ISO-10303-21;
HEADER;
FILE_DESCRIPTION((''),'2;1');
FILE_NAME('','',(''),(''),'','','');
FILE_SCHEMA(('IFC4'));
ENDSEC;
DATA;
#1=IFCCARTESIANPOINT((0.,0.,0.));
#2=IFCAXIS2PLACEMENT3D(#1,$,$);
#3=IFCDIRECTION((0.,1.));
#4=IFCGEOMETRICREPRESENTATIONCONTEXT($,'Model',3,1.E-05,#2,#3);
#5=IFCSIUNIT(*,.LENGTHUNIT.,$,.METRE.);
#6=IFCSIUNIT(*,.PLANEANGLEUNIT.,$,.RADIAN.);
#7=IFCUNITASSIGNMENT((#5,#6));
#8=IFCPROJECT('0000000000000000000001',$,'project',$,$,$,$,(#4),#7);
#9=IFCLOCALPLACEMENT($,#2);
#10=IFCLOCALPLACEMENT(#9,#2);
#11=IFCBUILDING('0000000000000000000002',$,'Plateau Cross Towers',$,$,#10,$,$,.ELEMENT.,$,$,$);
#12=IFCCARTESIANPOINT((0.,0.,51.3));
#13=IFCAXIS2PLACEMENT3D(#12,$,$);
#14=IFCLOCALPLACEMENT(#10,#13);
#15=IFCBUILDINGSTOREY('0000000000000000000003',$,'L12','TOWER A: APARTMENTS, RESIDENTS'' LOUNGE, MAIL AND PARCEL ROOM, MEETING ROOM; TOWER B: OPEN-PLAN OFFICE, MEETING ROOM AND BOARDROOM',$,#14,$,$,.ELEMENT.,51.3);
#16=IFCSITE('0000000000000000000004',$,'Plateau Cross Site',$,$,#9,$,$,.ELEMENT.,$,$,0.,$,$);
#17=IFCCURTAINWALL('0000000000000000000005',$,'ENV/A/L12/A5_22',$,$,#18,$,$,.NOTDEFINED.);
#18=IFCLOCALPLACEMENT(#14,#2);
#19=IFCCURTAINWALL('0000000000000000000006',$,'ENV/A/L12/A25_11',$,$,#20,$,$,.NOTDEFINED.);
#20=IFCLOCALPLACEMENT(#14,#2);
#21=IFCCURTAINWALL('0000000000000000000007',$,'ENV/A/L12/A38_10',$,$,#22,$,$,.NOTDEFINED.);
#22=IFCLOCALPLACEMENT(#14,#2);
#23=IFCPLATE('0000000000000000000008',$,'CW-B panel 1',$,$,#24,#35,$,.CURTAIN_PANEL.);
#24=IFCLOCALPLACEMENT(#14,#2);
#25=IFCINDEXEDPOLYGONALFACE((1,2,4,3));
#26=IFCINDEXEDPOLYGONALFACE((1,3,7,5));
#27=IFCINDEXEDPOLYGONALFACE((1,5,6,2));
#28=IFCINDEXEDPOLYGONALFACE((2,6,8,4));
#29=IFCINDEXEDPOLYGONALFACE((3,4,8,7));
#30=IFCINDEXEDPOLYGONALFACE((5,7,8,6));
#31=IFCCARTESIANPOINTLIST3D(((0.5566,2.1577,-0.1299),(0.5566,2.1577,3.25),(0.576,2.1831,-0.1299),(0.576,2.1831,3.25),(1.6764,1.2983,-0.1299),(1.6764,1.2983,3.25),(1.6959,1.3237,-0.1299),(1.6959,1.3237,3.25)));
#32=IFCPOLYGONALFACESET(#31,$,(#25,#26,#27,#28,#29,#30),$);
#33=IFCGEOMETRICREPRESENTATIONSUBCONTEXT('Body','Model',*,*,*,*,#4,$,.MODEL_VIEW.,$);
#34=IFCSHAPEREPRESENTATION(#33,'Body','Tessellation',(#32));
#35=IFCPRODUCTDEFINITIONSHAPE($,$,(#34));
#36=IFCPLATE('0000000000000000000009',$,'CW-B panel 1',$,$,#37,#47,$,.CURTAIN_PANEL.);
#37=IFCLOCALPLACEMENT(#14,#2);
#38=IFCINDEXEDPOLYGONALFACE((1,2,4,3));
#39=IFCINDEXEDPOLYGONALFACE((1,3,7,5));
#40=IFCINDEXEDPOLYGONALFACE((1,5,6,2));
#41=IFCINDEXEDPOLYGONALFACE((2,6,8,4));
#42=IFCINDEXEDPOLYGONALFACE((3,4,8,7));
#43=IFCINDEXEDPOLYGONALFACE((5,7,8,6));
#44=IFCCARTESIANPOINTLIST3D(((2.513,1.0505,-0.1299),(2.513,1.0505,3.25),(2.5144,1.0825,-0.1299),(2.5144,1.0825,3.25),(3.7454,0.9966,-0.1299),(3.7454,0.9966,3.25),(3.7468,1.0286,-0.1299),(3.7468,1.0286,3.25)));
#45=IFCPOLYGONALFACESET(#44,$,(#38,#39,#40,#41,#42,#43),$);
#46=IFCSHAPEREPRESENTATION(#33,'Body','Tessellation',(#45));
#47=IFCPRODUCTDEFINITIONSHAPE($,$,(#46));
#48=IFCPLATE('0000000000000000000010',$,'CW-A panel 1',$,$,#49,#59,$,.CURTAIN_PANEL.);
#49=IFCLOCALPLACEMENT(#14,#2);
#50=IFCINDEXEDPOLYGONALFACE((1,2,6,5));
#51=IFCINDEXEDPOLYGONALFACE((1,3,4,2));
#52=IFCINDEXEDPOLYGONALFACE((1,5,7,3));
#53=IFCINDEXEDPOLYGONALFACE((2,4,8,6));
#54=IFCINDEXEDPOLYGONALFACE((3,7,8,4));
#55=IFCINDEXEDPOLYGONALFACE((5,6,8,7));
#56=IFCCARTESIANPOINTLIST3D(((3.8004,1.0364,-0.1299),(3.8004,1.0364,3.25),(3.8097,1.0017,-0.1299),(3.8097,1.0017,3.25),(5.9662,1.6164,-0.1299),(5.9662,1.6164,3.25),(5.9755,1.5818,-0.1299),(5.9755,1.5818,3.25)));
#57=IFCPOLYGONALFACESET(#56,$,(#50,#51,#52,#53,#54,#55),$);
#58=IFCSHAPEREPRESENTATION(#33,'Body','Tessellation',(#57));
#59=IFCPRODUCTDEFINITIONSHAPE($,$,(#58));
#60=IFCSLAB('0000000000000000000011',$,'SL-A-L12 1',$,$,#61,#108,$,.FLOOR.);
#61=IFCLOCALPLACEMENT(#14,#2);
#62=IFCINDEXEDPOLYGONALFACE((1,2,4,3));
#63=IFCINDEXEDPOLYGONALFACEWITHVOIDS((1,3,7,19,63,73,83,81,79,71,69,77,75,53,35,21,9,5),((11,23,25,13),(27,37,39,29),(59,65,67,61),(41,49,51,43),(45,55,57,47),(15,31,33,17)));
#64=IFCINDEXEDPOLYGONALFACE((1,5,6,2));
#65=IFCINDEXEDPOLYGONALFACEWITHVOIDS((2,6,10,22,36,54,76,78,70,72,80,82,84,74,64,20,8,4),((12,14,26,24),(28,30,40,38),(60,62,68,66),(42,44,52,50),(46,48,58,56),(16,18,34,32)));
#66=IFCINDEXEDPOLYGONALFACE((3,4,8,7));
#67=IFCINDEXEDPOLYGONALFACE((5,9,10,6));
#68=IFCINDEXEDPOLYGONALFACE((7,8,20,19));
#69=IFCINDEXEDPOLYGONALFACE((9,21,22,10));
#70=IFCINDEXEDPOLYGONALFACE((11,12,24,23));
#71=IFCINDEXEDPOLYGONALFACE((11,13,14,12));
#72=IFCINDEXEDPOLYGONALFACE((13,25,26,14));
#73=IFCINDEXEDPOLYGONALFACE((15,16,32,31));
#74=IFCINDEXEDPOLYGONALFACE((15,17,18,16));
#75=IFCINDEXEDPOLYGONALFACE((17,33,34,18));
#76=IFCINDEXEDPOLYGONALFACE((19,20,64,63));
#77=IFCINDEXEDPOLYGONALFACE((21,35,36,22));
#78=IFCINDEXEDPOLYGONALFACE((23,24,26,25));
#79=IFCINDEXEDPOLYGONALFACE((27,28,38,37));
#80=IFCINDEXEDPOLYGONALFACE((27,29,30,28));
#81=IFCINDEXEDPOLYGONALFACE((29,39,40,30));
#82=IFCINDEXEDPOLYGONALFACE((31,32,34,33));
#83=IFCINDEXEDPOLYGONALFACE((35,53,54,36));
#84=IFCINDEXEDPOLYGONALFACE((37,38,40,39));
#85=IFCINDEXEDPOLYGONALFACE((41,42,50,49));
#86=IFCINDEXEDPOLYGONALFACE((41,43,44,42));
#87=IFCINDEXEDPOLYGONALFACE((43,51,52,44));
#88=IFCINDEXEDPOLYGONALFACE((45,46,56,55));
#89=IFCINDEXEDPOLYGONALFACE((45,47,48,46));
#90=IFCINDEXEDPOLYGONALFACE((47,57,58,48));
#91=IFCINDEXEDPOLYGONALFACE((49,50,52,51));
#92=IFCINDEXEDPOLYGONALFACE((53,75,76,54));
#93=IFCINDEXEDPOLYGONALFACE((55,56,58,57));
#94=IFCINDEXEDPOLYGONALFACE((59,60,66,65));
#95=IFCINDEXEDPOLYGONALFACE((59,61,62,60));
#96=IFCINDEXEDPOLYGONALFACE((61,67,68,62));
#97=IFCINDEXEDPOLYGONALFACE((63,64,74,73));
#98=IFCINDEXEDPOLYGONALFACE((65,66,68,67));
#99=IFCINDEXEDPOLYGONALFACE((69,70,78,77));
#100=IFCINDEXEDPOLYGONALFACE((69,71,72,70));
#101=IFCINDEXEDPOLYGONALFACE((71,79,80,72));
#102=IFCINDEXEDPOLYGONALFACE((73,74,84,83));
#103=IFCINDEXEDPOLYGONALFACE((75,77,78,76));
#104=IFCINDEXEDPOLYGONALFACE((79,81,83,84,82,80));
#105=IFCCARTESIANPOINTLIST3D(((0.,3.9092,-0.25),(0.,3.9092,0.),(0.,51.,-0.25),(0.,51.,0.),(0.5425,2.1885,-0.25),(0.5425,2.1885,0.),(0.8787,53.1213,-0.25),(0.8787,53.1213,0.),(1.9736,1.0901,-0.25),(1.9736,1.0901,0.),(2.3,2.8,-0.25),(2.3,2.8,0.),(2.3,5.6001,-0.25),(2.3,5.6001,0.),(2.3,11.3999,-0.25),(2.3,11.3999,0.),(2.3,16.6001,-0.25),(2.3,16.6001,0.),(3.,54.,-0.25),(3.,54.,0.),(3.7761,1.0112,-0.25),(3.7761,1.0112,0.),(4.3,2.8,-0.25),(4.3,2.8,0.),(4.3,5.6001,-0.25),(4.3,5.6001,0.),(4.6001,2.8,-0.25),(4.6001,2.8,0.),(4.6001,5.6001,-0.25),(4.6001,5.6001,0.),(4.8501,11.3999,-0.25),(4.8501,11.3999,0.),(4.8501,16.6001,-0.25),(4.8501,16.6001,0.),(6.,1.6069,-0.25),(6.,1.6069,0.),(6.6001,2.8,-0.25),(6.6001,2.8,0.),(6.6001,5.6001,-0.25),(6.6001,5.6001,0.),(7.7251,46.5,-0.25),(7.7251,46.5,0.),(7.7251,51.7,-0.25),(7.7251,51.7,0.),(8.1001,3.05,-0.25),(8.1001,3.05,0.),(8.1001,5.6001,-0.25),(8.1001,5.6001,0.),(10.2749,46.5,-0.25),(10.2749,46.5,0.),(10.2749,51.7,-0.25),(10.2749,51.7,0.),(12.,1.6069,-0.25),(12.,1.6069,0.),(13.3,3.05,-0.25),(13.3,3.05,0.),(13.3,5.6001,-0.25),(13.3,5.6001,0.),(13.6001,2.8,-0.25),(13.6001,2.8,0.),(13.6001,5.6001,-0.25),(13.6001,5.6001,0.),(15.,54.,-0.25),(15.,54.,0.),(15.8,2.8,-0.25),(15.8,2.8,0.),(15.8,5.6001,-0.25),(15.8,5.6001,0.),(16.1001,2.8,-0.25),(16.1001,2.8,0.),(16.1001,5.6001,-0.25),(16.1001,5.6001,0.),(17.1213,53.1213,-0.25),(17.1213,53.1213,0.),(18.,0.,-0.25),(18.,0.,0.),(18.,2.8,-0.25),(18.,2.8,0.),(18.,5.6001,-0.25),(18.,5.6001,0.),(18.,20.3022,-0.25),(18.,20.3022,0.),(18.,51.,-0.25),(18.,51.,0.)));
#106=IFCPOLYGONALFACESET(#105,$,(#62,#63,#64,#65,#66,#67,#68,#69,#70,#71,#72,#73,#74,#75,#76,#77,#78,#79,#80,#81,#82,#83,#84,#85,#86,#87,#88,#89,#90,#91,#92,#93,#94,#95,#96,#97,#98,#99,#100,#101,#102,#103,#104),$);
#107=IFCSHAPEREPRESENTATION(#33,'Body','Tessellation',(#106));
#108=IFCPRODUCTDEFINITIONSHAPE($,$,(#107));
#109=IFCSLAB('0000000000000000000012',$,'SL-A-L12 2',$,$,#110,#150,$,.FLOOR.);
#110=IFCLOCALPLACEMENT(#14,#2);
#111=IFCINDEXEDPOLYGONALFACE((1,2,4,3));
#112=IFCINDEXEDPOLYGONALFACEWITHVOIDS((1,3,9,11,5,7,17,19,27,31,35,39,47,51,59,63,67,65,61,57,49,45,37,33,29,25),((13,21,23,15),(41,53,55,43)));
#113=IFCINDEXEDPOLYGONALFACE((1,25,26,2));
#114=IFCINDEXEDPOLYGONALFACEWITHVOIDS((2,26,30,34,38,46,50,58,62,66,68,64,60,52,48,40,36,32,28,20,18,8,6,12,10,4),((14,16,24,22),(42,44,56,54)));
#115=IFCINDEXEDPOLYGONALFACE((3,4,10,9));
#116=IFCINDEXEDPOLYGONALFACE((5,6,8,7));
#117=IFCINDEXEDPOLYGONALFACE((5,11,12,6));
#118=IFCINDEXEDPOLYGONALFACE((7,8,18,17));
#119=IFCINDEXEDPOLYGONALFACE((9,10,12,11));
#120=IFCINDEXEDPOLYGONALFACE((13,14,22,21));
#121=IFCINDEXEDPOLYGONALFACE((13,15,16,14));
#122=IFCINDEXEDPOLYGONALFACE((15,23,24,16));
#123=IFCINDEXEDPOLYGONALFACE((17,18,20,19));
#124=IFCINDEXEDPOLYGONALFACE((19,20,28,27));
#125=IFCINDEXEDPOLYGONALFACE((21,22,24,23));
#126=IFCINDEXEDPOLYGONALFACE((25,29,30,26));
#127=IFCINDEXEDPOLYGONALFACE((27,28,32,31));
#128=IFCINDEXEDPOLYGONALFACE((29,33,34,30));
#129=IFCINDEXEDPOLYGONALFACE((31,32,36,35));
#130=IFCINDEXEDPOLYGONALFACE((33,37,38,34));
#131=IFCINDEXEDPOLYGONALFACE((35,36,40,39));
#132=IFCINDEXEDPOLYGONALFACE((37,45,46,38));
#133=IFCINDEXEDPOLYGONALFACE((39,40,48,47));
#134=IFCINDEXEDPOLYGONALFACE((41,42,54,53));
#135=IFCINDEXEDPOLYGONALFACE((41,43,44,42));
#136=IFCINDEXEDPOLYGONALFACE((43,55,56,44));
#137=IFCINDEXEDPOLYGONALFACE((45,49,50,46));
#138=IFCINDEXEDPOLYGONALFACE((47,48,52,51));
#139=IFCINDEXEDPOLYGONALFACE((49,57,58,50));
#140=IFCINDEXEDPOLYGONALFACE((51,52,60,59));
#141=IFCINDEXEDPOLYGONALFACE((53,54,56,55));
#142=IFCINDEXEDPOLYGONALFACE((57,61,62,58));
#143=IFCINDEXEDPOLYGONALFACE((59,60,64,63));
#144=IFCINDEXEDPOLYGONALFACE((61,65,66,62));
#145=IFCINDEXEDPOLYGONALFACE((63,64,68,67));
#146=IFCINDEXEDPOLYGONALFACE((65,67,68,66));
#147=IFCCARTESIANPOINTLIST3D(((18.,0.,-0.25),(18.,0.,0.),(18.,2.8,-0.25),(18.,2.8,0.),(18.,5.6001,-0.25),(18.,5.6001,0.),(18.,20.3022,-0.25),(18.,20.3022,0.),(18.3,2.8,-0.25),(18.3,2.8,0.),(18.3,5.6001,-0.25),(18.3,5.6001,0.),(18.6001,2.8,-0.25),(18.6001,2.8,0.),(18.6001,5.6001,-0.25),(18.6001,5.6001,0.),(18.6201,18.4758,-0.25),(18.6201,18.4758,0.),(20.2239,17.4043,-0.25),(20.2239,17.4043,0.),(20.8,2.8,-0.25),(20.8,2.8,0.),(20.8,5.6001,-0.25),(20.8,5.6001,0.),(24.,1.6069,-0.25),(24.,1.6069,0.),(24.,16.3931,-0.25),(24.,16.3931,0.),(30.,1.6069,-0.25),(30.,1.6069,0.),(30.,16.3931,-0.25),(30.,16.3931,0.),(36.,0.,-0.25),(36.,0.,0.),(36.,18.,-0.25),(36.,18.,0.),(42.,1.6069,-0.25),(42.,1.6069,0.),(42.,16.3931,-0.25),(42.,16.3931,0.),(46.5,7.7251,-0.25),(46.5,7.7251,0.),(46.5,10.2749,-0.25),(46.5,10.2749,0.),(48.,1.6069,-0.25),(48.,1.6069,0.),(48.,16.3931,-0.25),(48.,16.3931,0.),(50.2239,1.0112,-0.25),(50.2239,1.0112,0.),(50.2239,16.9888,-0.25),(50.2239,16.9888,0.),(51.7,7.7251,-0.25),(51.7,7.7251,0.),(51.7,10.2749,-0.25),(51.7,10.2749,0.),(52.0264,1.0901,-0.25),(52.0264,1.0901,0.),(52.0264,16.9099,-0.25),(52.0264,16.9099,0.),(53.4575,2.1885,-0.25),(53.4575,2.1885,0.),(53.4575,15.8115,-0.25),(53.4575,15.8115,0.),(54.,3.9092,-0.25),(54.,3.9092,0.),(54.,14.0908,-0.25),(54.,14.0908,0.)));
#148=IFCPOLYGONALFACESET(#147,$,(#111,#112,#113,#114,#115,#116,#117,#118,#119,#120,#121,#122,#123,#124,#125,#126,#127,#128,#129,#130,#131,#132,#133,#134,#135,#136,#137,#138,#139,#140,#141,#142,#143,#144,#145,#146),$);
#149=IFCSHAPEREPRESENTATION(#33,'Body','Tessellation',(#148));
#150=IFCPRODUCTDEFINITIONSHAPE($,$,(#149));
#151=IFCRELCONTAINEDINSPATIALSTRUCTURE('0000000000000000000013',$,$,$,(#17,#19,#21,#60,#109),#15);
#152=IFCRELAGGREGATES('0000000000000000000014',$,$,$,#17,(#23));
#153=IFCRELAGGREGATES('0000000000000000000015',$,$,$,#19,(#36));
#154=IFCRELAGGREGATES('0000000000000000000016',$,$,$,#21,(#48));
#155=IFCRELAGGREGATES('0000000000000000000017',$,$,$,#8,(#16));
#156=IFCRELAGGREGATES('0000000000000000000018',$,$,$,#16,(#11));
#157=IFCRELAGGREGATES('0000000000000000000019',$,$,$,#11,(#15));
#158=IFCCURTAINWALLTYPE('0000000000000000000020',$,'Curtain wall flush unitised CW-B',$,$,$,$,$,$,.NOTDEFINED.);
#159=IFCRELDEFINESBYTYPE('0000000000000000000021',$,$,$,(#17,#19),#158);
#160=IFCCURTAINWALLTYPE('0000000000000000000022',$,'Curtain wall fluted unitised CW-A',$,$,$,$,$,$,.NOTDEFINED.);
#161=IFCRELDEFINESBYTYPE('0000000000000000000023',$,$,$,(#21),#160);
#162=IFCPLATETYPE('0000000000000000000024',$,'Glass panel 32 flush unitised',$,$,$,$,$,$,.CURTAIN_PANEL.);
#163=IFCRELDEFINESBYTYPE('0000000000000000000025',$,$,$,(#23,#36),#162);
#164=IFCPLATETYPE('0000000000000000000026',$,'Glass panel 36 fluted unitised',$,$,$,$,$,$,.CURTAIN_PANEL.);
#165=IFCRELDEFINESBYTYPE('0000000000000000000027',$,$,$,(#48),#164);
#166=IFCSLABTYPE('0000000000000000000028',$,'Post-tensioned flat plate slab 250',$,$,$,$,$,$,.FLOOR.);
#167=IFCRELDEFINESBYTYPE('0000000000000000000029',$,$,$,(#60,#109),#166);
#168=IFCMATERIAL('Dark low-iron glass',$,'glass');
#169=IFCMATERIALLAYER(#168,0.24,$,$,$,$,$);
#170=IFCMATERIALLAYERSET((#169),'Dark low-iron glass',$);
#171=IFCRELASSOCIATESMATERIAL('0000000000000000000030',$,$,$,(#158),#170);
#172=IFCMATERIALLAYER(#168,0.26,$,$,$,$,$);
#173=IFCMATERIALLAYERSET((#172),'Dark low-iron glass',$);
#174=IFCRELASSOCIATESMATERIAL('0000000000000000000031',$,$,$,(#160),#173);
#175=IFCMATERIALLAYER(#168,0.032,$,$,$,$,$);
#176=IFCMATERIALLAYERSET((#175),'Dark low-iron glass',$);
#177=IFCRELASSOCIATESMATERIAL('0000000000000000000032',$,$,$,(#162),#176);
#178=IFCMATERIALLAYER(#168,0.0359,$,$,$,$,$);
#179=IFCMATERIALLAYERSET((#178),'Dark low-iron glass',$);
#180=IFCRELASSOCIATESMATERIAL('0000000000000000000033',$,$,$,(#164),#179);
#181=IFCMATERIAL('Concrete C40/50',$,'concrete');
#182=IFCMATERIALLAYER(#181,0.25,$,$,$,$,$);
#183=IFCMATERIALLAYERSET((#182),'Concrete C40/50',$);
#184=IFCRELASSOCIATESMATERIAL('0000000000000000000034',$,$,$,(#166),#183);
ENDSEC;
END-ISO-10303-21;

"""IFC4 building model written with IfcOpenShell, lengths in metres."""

from ifc_helpers import new_model, si_unit, direction, frame, origin, origin_2d, place, context, subcontext, project, spatial, polyline, rectangle, outline, extrude, material, layer, layer_set, type_object, element, aggregate, save


model = new_model("IFC4")

# Units and contexts
model_context = context("Model", 3, precision=1e-05, world=origin(), true_north=direction((0.0, 1.0)))
body_context = subcontext(model_context, "Body", "Model", "MODEL_VIEW")
ifc_project = project(units=[si_unit("LENGTHUNIT", "METRE"), si_unit("PLANEANGLEUNIT", "RADIAN")], contexts=[model_context])

# Site, building, storey
site_placement = place(None, origin())
site = spatial("IfcSite", under=ifc_project, at=site_placement, Name="Plateau Cross Site", CompositionType="ELEMENT", RefElevation=0.0)
building_placement = place(site_placement, origin())
building = spatial("IfcBuilding", under=site, at=building_placement, Name="Plateau Cross Towers", CompositionType="ELEMENT")
storey_placement = place(building_placement, frame((0.0, 0.0, 51.3)))
storey = spatial("IfcBuildingStorey", under=building, at=storey_placement, Name="L12", Description="TOWER A: APARTMENTS, RESIDENTS' LOUNGE, MAIL AND PARCEL ROOM, MEETING ROOM; TOWER B: OPEN-PLAN OFFICE, MEETING ROOM AND BOARDROOM", CompositionType="ELEMENT", Elevation=51.3)

# Curtain wall
ifc_material_1 = material(Name="Dark low-iron glass", Category="glass")
ifc_layer_1 = layer(ifc_material_1, 0.24)
ifc_layer_set_1 = layer_set([ifc_layer_1], Name="Dark low-iron glass")
curtain_wall_type_1 = type_object("IfcCurtainWallType", Name="Curtain wall flush unitised CW-B", PredefinedType="NOTDEFINED", material=ifc_layer_set_1)
curtain_wall_1_placement = place(storey_placement, origin())
curtain_wall_1 = element("IfcCurtainWall", 1, at=curtain_wall_1_placement, inside=storey, type_object=curtain_wall_type_1, Name="ENV/A/L12/A5_22", PredefinedType="NOTDEFINED")

# Curtain walls
curtain_wall_2_placement = place(storey_placement, origin())
curtain_wall_2 = element("IfcCurtainWall", 2, at=curtain_wall_2_placement, inside=storey, type_object=curtain_wall_type_1, Name="ENV/A/L12/A25_11", PredefinedType="NOTDEFINED")
ifc_layer_2 = layer(ifc_material_1, 0.26)
ifc_layer_set_2 = layer_set([ifc_layer_2], Name="Dark low-iron glass")
curtain_wall_type_2 = type_object("IfcCurtainWallType", Name="Curtain wall fluted unitised CW-A", PredefinedType="NOTDEFINED", material=ifc_layer_set_2)
curtain_wall_3_placement = place(storey_placement, origin())
curtain_wall_3 = element("IfcCurtainWall", 3, at=curtain_wall_3_placement, inside=storey, type_object=curtain_wall_type_2, Name="ENV/A/L12/A38_10", PredefinedType="NOTDEFINED")

# Shared definitions
ifc_material_2 = material(Name="Concrete C40/50", Category="concrete")

# Plates
ifc_layer_3 = layer(ifc_material_1, 0.032)
ifc_layer_set_3 = layer_set([ifc_layer_3], Name="Dark low-iron glass")
plate_type_1 = type_object("IfcPlateType", Name="Glass panel 32 flush unitised", PredefinedType="CURTAIN_PANEL", material=ifc_layer_set_3)
plate_1_placement = place(storey_placement, frame((1.1262, 1.7407, -0.1299), z_axis=(0.0, 0.0, 1.0), x_axis=(0.793316, -0.608811, 0.0)))
plate_1 = element("IfcPlate", 4, at=plate_1_placement, type_object=plate_type_1, Name="CW-B panel 1", PredefinedType="CURTAIN_PANEL", context=body_context, shape_type="SweptSolid", body=[
    extrude(rectangle(XDim=1.4116, YDim=0.032, at=origin_2d()), origin(), (0.0, 0.0, 1.0), 3.3799),
])
aggregate(curtain_wall_1, [plate_1])
plate_2_placement = place(storey_placement, frame((3.1299, 1.0396, -0.1299), z_axis=(0.0, 0.0, 1.0), x_axis=(0.999044, -0.043723, 0.0)))
plate_2 = element("IfcPlate", 5, at=plate_2_placement, type_object=plate_type_1, Name="CW-B panel 1", PredefinedType="CURTAIN_PANEL", context=body_context, shape_type="SweptSolid", body=[
    extrude(rectangle(XDim=1.2336, YDim=0.032, at=origin_2d()), origin(), (0.0, 0.0, 1.0), 3.3799),
])
aggregate(curtain_wall_2, [plate_2])
ifc_layer_4 = layer(ifc_material_1, 0.0359)
ifc_layer_set_4 = layer_set([ifc_layer_4], Name="Dark low-iron glass")
plate_type_2 = type_object("IfcPlateType", Name="Glass panel 36 fluted unitised", PredefinedType="CURTAIN_PANEL", material=ifc_layer_set_4)
plate_3_placement = place(storey_placement, frame((4.8879, 1.3091, -0.1299), z_axis=(0.0, 0.0, 1.0), x_axis=(0.965958, 0.258699, 0.0)))
plate_3 = element("IfcPlate", 6, at=plate_3_placement, type_object=plate_type_2, Name="CW-A panel 1", PredefinedType="CURTAIN_PANEL", context=body_context, shape_type="SweptSolid", body=[
    extrude(rectangle(XDim=2.2422, YDim=0.0359, at=origin_2d()), origin(), (0.0, 0.0, 1.0), 3.3799),
])
aggregate(curtain_wall_3, [plate_3])

# Slabs
ifc_layer_5 = layer(ifc_material_2, 0.25)
ifc_layer_set_5 = layer_set([ifc_layer_5], Name="Concrete C40/50")
slab_type_1 = type_object("IfcSlabType", Name="Post-tensioned flat plate slab 250", PredefinedType="FLOOR", material=ifc_layer_set_5)
slab_1_placement = place(storey_placement, frame((0.0, 0.0, -0.25)))
element("IfcSlab", 7, at=slab_1_placement, inside=storey, type_object=slab_type_1, Name="SL-A-L12 1", PredefinedType="FLOOR", context=body_context, shape_type="SweptSolid", body=[
    extrude(outline(polyline([(0.5425, 2.1885), (0.0, 3.9092), (0.0, 51.0), (0.8787, 53.1213), (3.0, 54.0), (15.0, 54.0), (17.1213, 53.1213), (18.0, 51.0), (18.0, 20.3022), (18.0, 5.6001), (16.1001, 5.6001), (16.1001, 2.8), (18.0, 2.8), (18.0, 0.0), (12.0, 1.6069), (6.0, 1.6069), (3.7761, 1.0112), (1.9736, 1.0901), (0.5425, 2.1885)]), holes=[polyline([(4.3, 5.6001), (2.3, 5.6001), (2.3, 2.8), (4.3, 2.8), (4.3, 5.6001)]), polyline([(6.6001, 5.6001), (4.6001, 5.6001), (4.6001, 2.8), (6.6001, 2.8), (6.6001, 5.6001)]), polyline([(15.8, 5.6001), (13.6001, 5.6001), (13.6001, 2.8), (15.8, 2.8), (15.8, 5.6001)]), polyline([(13.3, 5.6001), (8.1001, 5.6001), (8.1001, 3.05), (13.3, 3.05), (13.3, 5.6001)]), polyline([(4.8501, 16.6001), (2.3, 16.6001), (2.3, 11.3999), (4.8501, 11.3999), (4.8501, 16.6001)]), polyline([(7.7251, 51.7), (7.7251, 46.5), (10.2749, 46.5), (10.2749, 51.7), (7.7251, 51.7)])]), origin(), (0.0, 0.0, 1.0), 0.25),
])
slab_2_placement = place(storey_placement, frame((0.0, 0.0, -0.25)))
element("IfcSlab", 8, at=slab_2_placement, inside=storey, type_object=slab_type_1, Name="SL-A-L12 2", PredefinedType="FLOOR", context=body_context, shape_type="SweptSolid", body=[
    extrude(outline(polyline([(18.6201, 18.4758), (20.2239, 17.4043), (24.0, 16.3931), (30.0, 16.3931), (36.0, 18.0), (42.0, 16.3931), (48.0, 16.3931), (50.2239, 16.9888), (52.0264, 16.9099), (53.4575, 15.8115), (54.0, 14.0908), (54.0, 3.9092), (53.4575, 2.1885), (52.0264, 1.0901), (50.2239, 1.0112), (48.0, 1.6069), (42.0, 1.6069), (36.0, 0.0), (30.0, 1.6069), (24.0, 1.6069), (18.0, 0.0), (18.0, 2.8), (18.3, 2.8), (18.3, 5.6001), (18.0, 5.6001), (18.0, 20.3022), (18.6201, 18.4758)]), holes=[polyline([(20.8, 5.6001), (18.6001, 5.6001), (18.6001, 2.8), (20.8, 2.8), (20.8, 5.6001)]), polyline([(51.7, 7.7251), (51.7, 10.2749), (46.5, 10.2749), (46.5, 7.7251), (51.7, 7.7251)])]), origin(), (0.0, 0.0, 1.0), 0.25),
])

save(model, "model.ifc")
